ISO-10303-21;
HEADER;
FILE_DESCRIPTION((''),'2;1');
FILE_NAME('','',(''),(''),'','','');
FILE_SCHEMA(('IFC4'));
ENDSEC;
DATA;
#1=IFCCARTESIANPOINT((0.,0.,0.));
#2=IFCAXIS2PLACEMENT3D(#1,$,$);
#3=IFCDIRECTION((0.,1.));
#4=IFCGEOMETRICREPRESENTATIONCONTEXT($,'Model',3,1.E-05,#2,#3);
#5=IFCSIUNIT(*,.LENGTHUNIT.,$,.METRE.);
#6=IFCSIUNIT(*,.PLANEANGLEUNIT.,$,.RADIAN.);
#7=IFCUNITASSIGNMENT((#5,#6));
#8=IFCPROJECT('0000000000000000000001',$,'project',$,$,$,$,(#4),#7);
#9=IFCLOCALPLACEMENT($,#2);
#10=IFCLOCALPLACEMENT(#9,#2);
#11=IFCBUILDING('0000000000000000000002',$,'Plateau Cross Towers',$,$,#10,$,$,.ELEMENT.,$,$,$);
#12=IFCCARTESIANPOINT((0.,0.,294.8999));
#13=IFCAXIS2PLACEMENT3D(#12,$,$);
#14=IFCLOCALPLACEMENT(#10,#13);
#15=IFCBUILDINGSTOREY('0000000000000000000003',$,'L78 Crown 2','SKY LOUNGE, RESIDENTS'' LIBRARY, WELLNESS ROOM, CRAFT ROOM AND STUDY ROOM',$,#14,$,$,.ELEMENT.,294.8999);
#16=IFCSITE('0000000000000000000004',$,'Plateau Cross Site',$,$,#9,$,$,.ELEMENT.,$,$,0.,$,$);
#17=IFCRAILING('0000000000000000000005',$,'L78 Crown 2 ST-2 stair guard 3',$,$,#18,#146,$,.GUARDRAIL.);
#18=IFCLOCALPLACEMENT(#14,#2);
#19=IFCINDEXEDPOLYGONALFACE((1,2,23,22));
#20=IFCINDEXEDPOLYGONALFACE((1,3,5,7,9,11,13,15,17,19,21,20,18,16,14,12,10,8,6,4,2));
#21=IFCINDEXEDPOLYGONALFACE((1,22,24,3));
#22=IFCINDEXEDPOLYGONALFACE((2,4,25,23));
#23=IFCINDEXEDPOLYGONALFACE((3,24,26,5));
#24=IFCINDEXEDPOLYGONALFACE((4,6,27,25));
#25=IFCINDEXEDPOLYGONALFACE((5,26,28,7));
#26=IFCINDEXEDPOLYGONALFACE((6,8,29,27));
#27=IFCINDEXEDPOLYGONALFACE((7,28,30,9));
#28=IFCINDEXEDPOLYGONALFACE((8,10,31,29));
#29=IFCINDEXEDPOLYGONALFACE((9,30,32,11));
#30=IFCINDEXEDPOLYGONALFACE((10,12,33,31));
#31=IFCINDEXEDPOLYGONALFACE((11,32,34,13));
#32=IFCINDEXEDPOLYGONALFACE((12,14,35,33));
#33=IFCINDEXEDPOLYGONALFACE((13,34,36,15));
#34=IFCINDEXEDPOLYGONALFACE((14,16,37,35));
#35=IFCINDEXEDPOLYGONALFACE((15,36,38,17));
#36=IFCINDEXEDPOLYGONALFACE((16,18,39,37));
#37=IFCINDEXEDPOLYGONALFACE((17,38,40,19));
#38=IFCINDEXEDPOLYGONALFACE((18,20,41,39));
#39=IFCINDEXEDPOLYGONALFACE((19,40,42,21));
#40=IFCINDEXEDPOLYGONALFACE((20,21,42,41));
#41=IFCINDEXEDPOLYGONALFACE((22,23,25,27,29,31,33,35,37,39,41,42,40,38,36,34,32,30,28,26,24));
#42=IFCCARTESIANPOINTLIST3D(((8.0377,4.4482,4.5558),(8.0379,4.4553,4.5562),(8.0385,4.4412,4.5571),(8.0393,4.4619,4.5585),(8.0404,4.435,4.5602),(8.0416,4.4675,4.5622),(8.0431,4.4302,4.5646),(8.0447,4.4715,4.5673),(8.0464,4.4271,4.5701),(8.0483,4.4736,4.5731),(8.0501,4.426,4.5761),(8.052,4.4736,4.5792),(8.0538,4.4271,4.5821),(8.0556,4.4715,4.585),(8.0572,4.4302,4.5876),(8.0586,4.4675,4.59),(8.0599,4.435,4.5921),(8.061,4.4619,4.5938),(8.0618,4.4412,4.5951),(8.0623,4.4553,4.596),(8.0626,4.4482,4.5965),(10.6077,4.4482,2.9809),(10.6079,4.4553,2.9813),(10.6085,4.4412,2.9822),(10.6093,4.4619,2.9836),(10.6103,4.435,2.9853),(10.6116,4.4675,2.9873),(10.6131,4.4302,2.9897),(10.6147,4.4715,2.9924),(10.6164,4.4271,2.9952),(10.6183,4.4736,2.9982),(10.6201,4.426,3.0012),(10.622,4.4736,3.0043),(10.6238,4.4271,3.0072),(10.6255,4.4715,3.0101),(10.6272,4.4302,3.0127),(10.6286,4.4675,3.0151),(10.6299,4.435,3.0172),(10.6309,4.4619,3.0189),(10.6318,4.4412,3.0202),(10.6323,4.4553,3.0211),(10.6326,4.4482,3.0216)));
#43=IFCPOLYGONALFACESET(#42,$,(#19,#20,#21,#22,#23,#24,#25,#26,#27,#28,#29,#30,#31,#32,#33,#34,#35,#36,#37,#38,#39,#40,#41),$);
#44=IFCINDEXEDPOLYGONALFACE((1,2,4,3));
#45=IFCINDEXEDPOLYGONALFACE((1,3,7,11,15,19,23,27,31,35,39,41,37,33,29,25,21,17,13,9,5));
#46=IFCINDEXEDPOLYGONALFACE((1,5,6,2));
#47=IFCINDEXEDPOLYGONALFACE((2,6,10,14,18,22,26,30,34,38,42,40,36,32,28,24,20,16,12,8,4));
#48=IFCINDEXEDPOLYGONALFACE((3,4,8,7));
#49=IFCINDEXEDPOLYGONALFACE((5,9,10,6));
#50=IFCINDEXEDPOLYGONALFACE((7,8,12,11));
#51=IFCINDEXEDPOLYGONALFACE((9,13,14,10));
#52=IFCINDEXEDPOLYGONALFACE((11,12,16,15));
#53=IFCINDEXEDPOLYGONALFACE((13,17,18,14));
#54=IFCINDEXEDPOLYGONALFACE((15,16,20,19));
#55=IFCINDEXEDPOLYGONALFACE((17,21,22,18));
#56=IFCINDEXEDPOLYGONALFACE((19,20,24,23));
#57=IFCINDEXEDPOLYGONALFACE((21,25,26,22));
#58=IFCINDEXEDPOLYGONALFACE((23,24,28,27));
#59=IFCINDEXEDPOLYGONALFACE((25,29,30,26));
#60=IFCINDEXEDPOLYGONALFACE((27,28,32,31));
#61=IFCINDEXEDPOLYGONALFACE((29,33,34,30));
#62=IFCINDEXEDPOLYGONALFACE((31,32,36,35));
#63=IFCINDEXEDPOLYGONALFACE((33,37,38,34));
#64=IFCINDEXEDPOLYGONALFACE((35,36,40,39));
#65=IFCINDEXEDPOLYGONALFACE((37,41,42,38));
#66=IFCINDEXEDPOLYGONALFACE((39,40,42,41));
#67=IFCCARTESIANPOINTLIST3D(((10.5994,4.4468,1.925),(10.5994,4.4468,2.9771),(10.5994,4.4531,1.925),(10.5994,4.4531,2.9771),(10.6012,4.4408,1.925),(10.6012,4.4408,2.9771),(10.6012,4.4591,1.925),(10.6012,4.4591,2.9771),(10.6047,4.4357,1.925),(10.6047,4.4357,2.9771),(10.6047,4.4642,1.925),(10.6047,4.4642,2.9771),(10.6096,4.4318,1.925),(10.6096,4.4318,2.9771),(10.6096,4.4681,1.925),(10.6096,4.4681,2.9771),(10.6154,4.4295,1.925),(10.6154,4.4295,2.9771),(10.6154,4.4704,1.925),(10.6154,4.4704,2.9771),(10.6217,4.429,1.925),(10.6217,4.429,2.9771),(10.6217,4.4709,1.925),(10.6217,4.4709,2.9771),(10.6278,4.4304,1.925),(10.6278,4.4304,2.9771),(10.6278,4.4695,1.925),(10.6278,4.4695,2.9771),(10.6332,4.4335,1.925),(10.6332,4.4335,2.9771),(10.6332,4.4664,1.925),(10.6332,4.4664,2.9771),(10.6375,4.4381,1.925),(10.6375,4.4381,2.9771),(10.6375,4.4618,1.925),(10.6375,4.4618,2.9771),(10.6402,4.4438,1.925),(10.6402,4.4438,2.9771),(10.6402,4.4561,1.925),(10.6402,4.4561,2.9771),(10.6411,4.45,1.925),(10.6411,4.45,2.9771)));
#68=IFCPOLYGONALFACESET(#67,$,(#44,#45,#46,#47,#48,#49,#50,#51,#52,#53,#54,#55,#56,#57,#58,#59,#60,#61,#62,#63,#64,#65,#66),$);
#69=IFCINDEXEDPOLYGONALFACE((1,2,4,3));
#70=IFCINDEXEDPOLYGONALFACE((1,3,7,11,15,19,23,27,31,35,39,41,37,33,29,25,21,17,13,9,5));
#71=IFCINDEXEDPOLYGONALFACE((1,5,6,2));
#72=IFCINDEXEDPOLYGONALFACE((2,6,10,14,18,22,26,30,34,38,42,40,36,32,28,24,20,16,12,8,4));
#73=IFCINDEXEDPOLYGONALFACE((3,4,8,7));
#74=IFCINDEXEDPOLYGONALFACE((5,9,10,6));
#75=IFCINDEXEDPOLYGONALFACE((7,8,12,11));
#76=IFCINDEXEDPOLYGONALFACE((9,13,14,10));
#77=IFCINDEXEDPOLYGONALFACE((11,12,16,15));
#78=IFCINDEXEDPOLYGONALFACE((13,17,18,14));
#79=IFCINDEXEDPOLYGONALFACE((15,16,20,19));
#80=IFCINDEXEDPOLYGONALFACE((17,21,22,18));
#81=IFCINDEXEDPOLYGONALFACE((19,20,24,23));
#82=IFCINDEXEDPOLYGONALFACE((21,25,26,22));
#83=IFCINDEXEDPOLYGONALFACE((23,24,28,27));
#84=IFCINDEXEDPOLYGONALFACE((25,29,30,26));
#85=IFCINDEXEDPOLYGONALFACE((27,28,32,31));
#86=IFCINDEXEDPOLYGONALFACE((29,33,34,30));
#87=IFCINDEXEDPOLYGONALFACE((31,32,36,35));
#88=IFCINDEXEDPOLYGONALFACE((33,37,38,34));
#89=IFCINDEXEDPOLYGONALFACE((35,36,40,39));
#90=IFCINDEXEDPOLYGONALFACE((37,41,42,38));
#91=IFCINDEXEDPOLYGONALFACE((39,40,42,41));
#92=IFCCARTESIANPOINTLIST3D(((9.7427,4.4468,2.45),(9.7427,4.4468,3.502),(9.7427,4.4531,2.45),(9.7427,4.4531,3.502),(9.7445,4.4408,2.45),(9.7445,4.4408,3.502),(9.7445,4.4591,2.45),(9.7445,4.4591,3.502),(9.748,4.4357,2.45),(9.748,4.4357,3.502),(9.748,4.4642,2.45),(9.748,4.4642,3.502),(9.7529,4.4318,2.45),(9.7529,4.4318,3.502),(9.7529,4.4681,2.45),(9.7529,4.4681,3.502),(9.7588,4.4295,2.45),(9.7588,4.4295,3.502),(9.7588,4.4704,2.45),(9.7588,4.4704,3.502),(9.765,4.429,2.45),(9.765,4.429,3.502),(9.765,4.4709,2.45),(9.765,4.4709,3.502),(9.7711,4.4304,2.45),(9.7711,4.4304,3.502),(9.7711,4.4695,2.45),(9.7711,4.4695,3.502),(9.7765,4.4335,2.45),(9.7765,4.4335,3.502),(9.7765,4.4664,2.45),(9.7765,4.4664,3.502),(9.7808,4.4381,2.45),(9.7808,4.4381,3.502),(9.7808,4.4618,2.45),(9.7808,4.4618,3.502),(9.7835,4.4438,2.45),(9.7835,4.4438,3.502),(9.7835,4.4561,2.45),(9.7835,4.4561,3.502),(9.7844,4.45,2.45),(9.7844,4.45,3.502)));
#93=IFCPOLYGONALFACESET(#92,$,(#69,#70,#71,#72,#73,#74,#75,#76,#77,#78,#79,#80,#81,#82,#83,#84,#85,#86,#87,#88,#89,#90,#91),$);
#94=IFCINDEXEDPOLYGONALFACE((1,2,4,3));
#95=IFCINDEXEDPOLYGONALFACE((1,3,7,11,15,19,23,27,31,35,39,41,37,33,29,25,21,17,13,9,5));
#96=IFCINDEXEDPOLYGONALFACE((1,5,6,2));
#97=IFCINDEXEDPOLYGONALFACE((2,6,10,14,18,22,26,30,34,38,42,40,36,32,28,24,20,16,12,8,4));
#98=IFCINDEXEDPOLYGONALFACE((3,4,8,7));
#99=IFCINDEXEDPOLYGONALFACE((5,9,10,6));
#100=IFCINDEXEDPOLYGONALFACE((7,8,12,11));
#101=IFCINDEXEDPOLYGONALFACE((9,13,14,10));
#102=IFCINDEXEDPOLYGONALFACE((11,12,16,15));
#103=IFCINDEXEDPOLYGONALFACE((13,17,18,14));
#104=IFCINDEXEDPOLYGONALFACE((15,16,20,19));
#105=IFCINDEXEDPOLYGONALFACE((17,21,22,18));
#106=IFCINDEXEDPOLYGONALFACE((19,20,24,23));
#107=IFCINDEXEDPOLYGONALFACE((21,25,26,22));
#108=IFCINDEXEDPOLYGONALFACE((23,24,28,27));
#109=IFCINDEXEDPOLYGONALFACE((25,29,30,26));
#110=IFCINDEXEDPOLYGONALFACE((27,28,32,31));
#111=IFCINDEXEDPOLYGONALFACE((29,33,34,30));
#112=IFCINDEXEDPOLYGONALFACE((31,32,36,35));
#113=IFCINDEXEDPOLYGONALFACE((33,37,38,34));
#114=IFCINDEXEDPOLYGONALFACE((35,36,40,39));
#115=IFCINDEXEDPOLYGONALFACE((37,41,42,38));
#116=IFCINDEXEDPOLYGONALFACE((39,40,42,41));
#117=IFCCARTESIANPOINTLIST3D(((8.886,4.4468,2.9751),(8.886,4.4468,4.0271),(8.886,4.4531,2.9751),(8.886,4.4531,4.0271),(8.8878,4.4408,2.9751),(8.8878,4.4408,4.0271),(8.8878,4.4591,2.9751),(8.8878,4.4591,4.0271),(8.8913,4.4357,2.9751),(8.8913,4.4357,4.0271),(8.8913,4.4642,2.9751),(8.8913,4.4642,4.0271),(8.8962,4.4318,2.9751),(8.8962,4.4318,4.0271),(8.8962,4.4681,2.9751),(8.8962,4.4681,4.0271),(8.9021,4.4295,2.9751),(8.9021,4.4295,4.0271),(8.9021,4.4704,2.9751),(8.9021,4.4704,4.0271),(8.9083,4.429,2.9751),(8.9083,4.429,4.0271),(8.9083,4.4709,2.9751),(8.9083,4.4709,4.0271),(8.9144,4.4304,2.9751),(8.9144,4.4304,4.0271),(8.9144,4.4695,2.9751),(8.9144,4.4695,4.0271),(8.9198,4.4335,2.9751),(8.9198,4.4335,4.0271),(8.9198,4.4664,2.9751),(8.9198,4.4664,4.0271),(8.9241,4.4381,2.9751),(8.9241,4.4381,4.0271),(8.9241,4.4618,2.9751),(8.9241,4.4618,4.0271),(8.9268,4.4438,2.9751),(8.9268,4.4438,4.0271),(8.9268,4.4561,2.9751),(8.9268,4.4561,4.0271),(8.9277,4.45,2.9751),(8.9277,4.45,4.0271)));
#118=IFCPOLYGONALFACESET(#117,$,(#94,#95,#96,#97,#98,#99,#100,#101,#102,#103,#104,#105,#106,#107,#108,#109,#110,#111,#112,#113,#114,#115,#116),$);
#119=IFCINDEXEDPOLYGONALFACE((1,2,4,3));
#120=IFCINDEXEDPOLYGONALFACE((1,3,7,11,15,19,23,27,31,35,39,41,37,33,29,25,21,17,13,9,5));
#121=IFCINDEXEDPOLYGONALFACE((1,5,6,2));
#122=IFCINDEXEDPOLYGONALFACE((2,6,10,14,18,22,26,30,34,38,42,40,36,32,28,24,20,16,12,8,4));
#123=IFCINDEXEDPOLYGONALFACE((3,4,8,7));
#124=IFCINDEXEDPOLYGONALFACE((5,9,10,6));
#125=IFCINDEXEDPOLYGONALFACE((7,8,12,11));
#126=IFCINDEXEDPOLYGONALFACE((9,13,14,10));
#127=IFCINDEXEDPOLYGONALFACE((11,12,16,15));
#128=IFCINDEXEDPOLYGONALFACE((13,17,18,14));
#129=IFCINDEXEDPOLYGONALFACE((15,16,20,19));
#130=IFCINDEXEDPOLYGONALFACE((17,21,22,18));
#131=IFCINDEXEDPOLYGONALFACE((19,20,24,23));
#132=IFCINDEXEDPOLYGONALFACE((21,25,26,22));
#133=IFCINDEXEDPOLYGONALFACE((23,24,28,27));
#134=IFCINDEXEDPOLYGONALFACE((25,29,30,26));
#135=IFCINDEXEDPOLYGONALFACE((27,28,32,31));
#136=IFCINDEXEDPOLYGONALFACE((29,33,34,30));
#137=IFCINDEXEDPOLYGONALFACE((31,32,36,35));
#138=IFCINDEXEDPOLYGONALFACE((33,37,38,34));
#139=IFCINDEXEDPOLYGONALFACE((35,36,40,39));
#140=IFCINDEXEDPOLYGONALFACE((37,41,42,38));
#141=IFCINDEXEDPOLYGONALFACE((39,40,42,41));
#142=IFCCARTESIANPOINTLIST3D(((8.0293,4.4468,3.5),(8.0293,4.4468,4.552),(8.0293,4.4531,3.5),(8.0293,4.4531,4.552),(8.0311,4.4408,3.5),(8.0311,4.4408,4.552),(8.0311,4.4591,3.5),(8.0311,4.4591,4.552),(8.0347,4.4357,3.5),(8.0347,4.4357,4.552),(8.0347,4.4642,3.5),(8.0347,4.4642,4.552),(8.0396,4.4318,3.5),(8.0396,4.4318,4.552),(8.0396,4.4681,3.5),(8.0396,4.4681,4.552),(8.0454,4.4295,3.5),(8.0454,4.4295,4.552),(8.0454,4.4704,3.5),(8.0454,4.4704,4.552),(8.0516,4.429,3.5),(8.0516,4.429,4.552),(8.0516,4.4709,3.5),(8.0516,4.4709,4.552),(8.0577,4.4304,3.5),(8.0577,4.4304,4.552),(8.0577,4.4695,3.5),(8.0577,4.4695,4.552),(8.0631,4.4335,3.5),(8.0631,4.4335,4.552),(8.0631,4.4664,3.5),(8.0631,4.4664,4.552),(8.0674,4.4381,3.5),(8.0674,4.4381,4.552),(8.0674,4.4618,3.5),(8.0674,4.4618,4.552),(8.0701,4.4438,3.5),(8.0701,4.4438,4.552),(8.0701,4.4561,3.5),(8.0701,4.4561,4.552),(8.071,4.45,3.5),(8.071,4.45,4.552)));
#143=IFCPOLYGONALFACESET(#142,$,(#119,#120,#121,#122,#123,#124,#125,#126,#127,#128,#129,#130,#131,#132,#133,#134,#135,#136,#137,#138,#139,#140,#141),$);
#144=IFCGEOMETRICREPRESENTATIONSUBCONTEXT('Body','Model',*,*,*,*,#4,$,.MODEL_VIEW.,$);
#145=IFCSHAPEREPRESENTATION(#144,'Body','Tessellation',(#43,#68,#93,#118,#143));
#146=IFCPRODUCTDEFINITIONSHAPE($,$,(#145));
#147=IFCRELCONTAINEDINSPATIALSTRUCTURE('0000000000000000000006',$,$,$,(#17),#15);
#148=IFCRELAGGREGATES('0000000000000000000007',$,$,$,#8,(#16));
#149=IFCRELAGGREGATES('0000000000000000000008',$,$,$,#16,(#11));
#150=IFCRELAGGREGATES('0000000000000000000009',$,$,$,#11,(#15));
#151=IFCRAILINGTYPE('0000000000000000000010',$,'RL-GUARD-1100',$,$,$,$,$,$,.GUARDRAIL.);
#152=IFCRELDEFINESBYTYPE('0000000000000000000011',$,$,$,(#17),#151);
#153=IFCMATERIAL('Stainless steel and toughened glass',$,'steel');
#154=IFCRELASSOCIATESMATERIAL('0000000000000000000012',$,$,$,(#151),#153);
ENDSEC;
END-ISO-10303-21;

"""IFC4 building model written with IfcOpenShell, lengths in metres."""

from ifc_helpers import new_model, si_unit, direction, frame, origin, origin_2d, place, context, subcontext, project, spatial, circle, extrude, material, type_object, element, save


model = new_model("IFC4")

# Units and contexts
model_context = context("Model", 3, precision=1e-05, world=origin(), true_north=direction((0.0, 1.0)))
body_context = subcontext(model_context, "Body", "Model", "MODEL_VIEW")
ifc_project = project(units=[si_unit("LENGTHUNIT", "METRE"), si_unit("PLANEANGLEUNIT", "RADIAN")], contexts=[model_context])

# Site, building, storey
site_placement = place(None, origin())
site = spatial("IfcSite", under=ifc_project, at=site_placement, Name="Plateau Cross Site", CompositionType="ELEMENT", RefElevation=0.0)
building_placement = place(site_placement, origin())
building = spatial("IfcBuilding", under=site, at=building_placement, Name="Plateau Cross Towers", CompositionType="ELEMENT")
storey_placement = place(building_placement, frame((0.0, 0.0, 294.8999)))
storey = spatial("IfcBuildingStorey", under=building, at=storey_placement, Name="L78 Crown 2", Description="SKY LOUNGE, RESIDENTS' LIBRARY, WELLNESS ROOM, CRAFT ROOM AND STUDY ROOM", CompositionType="ELEMENT", Elevation=294.8999)

# Railing
ifc_material_1 = material(Name="Stainless steel and toughened glass", Category="steel")
railing_type_1 = type_object("IfcRailingType", Name="RL-GUARD-1100", PredefinedType="GUARDRAIL", material=ifc_material_1)
railing_1_placement = place(storey_placement, frame((10.6201, 4.45, 1.925)))
element("IfcRailing", 1, at=railing_1_placement, inside=storey, type_object=railing_type_1, Name="L78 Crown 2 ST-2 stair guard 3", PredefinedType="GUARDRAIL", context=body_context, shape_type="SweptSolid", body=[
    extrude(circle(Radius=0.0239, at=origin_2d()), frame((0.0, 0.0, 1.0762), z_axis=(-0.852639, 0.0, 0.522501), x_axis=(0.0, -1.0, 0.0)), (0.0, 0.0, 1.0), 3.0142),
    extrude(circle(Radius=0.021, at=origin_2d()), origin(), (0.0, 0.0, 1.0), 1.052),
    extrude(circle(Radius=0.021, at=origin_2d()), frame((-0.8567, 0.0, 0.5249)), (0.0, 0.0, 1.0), 1.052),
    extrude(circle(Radius=0.021, at=origin_2d()), frame((-1.7134, 0.0, 1.05)), (0.0, 0.0, 1.0), 1.052),
    extrude(circle(Radius=0.021, at=origin_2d()), frame((-2.5701, 0.0, 1.575)), (0.0, 0.0, 1.0), 1.052),
])

save(model, "model.ifc")
